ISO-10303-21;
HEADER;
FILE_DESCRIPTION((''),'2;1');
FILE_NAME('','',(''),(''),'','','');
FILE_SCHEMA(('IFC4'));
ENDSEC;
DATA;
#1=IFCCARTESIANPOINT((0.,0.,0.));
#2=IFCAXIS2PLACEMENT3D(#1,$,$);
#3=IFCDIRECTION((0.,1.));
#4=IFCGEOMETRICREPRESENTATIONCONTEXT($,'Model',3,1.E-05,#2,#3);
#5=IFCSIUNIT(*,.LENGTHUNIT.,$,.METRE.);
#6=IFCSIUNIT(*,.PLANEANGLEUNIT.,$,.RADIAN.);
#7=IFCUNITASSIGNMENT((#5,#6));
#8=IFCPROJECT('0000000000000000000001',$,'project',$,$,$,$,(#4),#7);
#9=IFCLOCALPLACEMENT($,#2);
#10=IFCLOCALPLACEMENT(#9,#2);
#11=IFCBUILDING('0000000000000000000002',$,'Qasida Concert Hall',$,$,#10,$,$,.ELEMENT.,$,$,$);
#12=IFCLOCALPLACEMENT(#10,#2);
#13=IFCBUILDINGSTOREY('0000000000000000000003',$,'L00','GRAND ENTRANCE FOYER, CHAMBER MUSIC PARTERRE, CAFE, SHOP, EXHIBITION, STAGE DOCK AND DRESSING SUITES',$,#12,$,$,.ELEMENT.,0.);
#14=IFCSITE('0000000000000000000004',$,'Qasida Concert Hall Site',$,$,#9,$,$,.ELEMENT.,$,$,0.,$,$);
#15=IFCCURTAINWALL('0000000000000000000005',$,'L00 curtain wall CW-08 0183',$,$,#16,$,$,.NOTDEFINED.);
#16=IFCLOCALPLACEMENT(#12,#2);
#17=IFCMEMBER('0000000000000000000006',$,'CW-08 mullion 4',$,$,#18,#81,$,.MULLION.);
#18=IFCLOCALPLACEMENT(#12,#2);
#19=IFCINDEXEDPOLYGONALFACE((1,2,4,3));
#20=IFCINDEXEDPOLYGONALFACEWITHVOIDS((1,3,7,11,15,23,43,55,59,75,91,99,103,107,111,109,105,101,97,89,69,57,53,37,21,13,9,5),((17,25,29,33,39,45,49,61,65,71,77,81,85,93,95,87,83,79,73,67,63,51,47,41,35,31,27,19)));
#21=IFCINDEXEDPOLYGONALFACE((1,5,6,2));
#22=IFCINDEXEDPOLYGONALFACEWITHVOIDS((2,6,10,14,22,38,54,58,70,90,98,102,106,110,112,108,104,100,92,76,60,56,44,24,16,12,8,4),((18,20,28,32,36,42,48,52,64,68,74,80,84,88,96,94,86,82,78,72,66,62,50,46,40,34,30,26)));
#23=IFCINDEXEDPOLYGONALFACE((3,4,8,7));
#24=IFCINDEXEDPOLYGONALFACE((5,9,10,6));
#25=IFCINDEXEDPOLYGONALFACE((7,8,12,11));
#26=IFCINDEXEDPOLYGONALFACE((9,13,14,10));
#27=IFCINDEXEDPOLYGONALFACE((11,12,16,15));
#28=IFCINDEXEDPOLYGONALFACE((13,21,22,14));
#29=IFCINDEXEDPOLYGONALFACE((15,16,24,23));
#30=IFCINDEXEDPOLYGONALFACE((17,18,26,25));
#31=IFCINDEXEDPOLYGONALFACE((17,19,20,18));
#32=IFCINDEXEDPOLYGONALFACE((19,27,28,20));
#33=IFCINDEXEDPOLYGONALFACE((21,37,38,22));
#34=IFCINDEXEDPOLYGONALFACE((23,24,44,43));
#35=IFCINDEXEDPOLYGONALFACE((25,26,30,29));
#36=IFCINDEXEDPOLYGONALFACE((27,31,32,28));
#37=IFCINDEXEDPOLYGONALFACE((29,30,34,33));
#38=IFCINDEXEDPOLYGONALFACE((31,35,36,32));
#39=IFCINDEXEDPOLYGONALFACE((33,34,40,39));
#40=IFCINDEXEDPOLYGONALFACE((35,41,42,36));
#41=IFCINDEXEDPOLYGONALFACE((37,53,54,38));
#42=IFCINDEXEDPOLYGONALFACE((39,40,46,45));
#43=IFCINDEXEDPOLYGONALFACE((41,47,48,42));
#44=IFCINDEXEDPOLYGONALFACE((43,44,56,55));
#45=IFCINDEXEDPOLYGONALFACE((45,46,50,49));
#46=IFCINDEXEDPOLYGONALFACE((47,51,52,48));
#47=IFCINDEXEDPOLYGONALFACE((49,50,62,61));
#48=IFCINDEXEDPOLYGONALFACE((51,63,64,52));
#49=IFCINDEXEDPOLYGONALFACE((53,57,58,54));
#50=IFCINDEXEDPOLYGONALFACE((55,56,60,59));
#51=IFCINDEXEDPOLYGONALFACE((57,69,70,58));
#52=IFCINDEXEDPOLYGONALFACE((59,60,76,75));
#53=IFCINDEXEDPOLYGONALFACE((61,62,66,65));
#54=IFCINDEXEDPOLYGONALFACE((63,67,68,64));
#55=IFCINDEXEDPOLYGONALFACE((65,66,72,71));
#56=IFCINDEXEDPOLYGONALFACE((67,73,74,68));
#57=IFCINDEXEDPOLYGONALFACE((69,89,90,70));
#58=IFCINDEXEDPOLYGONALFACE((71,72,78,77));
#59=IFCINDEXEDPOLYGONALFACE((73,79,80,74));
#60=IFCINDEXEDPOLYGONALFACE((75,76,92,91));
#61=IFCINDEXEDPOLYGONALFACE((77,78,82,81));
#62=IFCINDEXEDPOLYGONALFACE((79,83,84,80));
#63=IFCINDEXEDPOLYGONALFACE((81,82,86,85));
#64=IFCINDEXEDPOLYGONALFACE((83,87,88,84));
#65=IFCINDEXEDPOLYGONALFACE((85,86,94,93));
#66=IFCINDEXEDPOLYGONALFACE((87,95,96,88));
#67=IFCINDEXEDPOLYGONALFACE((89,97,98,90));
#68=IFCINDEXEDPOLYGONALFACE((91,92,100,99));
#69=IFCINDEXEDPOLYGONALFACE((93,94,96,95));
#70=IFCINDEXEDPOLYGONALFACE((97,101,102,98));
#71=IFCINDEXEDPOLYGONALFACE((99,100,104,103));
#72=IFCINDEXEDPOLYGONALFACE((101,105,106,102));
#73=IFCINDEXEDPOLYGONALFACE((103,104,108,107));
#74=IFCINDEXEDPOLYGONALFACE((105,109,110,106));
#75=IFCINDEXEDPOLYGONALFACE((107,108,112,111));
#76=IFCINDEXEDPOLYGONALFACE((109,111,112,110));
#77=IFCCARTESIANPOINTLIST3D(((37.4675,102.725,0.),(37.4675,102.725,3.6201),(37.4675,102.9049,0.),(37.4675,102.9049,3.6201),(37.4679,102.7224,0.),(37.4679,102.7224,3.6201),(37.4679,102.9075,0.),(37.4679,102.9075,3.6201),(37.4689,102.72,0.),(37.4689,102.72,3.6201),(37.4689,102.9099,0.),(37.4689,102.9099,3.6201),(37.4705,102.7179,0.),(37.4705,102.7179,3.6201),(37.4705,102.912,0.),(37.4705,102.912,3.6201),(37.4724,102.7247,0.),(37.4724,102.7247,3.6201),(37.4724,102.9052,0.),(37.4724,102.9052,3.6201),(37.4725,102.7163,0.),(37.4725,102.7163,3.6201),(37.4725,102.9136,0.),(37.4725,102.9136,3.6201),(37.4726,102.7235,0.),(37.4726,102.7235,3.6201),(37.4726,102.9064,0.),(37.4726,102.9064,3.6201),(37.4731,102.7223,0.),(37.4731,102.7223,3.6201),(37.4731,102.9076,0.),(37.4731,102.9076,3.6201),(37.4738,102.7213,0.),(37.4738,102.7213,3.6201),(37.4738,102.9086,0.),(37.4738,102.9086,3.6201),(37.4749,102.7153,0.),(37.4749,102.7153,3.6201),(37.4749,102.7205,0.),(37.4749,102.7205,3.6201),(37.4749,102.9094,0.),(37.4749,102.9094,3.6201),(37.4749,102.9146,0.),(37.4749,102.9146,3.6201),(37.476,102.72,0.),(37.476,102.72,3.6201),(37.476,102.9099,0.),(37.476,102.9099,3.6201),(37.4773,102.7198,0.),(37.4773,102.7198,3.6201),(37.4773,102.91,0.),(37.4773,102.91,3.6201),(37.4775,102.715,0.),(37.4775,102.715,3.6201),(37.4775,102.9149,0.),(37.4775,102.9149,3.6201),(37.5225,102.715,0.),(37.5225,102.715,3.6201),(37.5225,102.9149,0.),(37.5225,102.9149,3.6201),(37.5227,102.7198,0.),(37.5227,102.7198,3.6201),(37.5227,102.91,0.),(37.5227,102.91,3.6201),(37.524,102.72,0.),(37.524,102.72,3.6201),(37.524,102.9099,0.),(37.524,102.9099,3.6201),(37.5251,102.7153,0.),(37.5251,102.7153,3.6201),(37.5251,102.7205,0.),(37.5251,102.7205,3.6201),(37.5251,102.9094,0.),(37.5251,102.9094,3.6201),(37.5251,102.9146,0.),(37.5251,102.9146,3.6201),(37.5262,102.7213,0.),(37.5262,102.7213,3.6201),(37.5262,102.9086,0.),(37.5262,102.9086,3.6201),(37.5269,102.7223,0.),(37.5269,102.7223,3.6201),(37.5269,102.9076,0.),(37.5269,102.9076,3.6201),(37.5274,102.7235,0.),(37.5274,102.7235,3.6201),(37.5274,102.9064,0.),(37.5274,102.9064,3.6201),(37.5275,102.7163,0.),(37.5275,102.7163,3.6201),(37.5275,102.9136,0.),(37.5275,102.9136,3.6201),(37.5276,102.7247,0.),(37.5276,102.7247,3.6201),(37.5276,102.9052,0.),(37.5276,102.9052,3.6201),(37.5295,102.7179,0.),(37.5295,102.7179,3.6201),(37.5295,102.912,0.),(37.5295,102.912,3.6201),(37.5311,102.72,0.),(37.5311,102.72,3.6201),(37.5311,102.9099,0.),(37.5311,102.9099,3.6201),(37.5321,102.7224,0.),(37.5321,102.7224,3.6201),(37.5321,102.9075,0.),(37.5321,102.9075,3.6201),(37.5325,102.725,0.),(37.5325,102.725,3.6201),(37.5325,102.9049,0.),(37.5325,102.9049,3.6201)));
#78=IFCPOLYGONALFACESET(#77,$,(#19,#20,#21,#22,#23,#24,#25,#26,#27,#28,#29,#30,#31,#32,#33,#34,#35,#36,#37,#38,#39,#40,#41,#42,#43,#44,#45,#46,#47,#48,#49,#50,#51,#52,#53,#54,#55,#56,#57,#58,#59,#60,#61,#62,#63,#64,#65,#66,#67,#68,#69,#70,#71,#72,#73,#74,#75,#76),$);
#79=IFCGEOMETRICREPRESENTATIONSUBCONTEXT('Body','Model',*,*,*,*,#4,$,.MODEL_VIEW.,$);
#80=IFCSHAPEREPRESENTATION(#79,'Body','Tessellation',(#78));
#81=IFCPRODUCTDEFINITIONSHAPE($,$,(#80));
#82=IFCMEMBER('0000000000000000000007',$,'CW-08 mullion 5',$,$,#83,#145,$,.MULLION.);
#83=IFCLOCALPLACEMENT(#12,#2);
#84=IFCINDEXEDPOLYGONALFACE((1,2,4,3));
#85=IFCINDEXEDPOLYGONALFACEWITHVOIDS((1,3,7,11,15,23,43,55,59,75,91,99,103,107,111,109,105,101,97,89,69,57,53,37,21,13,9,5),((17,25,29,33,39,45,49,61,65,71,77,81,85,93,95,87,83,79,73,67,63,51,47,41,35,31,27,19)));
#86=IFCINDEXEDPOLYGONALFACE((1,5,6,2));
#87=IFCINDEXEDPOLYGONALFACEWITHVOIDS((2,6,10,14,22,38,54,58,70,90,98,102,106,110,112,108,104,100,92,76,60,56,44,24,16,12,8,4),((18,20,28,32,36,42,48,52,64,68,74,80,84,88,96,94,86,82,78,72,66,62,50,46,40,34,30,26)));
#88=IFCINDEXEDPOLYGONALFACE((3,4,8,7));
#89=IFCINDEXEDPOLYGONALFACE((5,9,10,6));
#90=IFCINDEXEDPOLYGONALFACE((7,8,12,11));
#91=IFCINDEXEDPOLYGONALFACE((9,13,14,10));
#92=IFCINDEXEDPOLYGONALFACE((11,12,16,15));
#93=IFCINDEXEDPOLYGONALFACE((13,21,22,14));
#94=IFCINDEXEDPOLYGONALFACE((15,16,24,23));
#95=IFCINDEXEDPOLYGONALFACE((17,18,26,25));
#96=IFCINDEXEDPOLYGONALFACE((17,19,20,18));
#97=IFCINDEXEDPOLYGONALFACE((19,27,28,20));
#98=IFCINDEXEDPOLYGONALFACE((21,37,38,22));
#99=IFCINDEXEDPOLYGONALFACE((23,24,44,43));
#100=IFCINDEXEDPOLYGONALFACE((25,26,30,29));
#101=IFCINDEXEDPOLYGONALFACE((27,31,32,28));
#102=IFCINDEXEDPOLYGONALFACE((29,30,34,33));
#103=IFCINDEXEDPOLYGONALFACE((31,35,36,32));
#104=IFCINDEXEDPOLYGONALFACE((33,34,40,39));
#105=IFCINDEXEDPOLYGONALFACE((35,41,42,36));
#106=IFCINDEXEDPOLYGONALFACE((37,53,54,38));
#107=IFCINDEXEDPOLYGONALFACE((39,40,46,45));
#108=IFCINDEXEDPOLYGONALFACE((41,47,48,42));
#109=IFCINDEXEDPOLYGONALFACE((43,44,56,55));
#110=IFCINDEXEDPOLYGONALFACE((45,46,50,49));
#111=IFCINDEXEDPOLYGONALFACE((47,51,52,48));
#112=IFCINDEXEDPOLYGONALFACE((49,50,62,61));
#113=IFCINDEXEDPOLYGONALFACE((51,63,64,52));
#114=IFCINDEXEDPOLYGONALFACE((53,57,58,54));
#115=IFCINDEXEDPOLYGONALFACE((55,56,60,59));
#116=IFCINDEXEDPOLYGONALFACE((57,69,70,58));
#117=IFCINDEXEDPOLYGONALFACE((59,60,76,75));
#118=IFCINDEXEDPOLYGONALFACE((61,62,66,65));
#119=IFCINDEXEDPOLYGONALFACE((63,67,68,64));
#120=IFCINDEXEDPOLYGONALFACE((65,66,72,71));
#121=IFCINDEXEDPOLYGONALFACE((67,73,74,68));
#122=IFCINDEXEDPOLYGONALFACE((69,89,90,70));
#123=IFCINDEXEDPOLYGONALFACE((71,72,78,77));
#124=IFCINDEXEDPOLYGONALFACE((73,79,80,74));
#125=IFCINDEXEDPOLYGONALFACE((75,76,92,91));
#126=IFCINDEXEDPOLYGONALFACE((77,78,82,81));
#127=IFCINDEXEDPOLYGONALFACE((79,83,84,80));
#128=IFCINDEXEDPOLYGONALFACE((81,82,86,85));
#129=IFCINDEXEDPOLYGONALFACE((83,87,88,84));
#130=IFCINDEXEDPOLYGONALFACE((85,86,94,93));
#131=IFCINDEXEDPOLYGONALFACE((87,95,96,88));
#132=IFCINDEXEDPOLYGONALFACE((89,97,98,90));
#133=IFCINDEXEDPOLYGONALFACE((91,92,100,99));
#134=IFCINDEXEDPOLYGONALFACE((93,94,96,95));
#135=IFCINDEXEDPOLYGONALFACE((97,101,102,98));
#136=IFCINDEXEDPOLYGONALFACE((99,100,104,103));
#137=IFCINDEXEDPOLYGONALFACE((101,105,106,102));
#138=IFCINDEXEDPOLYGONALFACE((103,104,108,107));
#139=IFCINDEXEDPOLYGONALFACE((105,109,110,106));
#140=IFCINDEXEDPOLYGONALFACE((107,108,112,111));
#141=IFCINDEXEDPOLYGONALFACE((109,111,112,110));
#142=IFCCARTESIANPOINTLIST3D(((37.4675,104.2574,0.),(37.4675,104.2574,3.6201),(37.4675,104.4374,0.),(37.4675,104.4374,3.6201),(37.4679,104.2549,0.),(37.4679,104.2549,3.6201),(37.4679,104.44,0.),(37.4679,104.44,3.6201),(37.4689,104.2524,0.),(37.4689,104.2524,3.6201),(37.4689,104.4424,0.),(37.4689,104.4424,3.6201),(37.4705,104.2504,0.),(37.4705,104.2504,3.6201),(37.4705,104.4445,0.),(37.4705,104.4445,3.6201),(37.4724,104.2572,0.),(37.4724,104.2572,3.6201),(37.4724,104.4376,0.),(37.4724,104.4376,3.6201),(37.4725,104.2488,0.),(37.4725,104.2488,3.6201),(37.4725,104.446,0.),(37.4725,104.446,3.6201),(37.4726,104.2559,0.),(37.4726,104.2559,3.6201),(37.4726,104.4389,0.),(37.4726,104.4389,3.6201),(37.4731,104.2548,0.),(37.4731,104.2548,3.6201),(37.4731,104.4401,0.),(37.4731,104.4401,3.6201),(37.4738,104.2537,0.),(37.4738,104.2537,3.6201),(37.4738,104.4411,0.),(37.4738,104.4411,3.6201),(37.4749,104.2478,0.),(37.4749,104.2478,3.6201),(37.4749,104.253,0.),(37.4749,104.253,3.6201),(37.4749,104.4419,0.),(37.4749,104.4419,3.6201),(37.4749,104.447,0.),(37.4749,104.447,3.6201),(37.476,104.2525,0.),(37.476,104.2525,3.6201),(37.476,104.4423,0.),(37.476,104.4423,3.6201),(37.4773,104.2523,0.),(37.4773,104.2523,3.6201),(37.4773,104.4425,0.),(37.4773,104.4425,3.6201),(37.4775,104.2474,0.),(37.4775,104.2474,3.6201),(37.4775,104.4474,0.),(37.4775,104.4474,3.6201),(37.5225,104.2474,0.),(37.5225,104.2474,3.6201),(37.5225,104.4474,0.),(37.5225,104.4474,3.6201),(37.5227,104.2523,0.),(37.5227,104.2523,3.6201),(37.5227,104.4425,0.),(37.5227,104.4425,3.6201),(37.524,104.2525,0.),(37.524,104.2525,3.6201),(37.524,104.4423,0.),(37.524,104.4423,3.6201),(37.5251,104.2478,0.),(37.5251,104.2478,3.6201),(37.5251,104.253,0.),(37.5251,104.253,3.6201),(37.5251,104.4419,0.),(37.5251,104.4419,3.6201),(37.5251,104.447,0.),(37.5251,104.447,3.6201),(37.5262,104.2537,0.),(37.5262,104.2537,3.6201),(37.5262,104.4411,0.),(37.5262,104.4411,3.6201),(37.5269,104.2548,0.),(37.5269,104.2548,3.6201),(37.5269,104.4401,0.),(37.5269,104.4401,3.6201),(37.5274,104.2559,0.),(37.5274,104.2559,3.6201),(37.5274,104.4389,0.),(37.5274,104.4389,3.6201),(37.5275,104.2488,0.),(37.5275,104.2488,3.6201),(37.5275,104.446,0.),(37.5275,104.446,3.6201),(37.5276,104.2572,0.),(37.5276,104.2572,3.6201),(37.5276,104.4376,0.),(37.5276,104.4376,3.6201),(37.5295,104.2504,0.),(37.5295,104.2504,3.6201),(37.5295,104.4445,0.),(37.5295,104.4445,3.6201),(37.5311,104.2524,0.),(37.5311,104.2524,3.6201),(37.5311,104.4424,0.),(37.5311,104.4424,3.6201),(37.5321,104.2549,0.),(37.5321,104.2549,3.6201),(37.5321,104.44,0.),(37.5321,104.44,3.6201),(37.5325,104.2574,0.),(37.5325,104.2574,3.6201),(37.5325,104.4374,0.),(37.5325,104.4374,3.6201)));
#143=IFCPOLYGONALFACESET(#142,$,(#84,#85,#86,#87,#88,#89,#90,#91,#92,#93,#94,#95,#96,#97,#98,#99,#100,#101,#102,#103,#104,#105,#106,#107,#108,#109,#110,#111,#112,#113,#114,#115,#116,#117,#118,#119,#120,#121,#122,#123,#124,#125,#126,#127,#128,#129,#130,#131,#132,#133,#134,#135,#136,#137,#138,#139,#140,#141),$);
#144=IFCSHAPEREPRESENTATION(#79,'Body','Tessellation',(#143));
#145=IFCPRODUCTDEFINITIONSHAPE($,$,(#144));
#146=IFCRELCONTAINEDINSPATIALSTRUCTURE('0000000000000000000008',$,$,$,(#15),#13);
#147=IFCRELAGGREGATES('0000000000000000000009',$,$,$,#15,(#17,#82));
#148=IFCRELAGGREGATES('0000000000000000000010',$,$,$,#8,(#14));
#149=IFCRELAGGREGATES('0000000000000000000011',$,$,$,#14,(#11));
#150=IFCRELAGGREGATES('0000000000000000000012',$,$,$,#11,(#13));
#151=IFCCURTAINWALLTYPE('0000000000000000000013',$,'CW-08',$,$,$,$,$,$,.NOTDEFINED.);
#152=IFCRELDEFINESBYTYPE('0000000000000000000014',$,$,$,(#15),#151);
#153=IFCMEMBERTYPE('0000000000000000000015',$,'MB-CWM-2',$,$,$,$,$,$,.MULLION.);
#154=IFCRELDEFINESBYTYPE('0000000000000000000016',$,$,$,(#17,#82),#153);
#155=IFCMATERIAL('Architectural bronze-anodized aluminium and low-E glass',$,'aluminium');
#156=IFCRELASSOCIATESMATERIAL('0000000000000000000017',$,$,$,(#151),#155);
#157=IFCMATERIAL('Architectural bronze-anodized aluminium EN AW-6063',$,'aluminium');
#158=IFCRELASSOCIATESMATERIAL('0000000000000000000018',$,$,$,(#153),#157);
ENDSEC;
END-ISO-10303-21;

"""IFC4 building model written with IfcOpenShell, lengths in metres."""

from ifc_helpers import new_model, si_unit, direction, frame, origin, origin_2d, place, context, subcontext, project, spatial, hollow_rectangle, extrude, material, material_profile, profile_set, type_object, element, aggregate, save


model = new_model("IFC4")

# Units and contexts
model_context = context("Model", 3, precision=1e-05, world=origin(), true_north=direction((0.0, 1.0)))
body_context = subcontext(model_context, "Body", "Model", "MODEL_VIEW")
ifc_project = project(units=[si_unit("LENGTHUNIT", "METRE"), si_unit("PLANEANGLEUNIT", "RADIAN")], contexts=[model_context])

# Site, building, storey
site_placement = place(None, origin())
site = spatial("IfcSite", under=ifc_project, at=site_placement, Name="Qasida Concert Hall Site", CompositionType="ELEMENT", RefElevation=0.0)
building_placement = place(site_placement, origin())
building = spatial("IfcBuilding", under=site, at=building_placement, Name="Qasida Concert Hall", CompositionType="ELEMENT")
storey_placement = place(building_placement, origin())
storey = spatial("IfcBuildingStorey", under=building, at=storey_placement, Name="L00", Description="GRAND ENTRANCE FOYER, CHAMBER MUSIC PARTERRE, CAFE, SHOP, EXHIBITION, STAGE DOCK AND DRESSING SUITES", CompositionType="ELEMENT", Elevation=0.0)

# Curtain wall, members
ifc_material_1 = material(Name="Architectural bronze-anodized aluminium and low-E glass", Category="aluminium")
curtain_wall_type = type_object("IfcCurtainWallType", Name="CW-08", PredefinedType="NOTDEFINED", material=ifc_material_1)
curtain_wall_placement = place(storey_placement, origin())
curtain_wall = element("IfcCurtainWall", 1, at=curtain_wall_placement, inside=storey, type_object=curtain_wall_type, Name="L00 curtain wall CW-08 0183", PredefinedType="NOTDEFINED")
ifc_material_2 = material(Name="Architectural bronze-anodized aluminium EN AW-6063", Category="aluminium")
ifc_material_profile_1 = material_profile(ifc_material_2, hollow_rectangle(XDim=0.0649, YDim=0.2, WallThickness=0.0049, InnerFilletRadius=0.0049, OuterFilletRadius=0.01, at=origin_2d()), Name="CWM 200x65x5")
ifc_profile_set_1 = profile_set([ifc_material_profile_1], Name="Architectural bronze-anodized aluminium EN AW-6063")
member_type_1 = type_object("IfcMemberType", Name="MB-CWM-2", PredefinedType="MULLION", material=ifc_profile_set_1)
member_1_placement = place(storey_placement, frame((37.5, 102.8149, 0.0), z_axis=(0.0, 0.0, 1.0), x_axis=(-1.0, 0.0, 0.0)))
member_1 = element("IfcMember", 2, at=member_1_placement, type_object=member_type_1, Name="CW-08 mullion 4", PredefinedType="MULLION", context=body_context, shape_type="SweptSolid", body=[
    extrude(hollow_rectangle(XDim=0.0649, YDim=0.2, WallThickness=0.0049, InnerFilletRadius=0.0049, OuterFilletRadius=0.01, at=origin_2d()), origin(), (0.0, 0.0, 1.0), 3.6201),
])
member_2_placement = place(storey_placement, frame((37.5, 104.3474, 0.0), z_axis=(0.0, 0.0, 1.0), x_axis=(-1.0, 0.0, 0.0)))
member_2 = element("IfcMember", 3, at=member_2_placement, type_object=member_type_1, Name="CW-08 mullion 5", PredefinedType="MULLION", context=body_context, shape_type="SweptSolid", body=[
    extrude(hollow_rectangle(XDim=0.0649, YDim=0.2, WallThickness=0.0049, InnerFilletRadius=0.0049, OuterFilletRadius=0.01, at=origin_2d()), origin(), (0.0, 0.0, 1.0), 3.6201),
])
aggregate(curtain_wall, [member_1, member_2])

save(model, "model.ifc")
